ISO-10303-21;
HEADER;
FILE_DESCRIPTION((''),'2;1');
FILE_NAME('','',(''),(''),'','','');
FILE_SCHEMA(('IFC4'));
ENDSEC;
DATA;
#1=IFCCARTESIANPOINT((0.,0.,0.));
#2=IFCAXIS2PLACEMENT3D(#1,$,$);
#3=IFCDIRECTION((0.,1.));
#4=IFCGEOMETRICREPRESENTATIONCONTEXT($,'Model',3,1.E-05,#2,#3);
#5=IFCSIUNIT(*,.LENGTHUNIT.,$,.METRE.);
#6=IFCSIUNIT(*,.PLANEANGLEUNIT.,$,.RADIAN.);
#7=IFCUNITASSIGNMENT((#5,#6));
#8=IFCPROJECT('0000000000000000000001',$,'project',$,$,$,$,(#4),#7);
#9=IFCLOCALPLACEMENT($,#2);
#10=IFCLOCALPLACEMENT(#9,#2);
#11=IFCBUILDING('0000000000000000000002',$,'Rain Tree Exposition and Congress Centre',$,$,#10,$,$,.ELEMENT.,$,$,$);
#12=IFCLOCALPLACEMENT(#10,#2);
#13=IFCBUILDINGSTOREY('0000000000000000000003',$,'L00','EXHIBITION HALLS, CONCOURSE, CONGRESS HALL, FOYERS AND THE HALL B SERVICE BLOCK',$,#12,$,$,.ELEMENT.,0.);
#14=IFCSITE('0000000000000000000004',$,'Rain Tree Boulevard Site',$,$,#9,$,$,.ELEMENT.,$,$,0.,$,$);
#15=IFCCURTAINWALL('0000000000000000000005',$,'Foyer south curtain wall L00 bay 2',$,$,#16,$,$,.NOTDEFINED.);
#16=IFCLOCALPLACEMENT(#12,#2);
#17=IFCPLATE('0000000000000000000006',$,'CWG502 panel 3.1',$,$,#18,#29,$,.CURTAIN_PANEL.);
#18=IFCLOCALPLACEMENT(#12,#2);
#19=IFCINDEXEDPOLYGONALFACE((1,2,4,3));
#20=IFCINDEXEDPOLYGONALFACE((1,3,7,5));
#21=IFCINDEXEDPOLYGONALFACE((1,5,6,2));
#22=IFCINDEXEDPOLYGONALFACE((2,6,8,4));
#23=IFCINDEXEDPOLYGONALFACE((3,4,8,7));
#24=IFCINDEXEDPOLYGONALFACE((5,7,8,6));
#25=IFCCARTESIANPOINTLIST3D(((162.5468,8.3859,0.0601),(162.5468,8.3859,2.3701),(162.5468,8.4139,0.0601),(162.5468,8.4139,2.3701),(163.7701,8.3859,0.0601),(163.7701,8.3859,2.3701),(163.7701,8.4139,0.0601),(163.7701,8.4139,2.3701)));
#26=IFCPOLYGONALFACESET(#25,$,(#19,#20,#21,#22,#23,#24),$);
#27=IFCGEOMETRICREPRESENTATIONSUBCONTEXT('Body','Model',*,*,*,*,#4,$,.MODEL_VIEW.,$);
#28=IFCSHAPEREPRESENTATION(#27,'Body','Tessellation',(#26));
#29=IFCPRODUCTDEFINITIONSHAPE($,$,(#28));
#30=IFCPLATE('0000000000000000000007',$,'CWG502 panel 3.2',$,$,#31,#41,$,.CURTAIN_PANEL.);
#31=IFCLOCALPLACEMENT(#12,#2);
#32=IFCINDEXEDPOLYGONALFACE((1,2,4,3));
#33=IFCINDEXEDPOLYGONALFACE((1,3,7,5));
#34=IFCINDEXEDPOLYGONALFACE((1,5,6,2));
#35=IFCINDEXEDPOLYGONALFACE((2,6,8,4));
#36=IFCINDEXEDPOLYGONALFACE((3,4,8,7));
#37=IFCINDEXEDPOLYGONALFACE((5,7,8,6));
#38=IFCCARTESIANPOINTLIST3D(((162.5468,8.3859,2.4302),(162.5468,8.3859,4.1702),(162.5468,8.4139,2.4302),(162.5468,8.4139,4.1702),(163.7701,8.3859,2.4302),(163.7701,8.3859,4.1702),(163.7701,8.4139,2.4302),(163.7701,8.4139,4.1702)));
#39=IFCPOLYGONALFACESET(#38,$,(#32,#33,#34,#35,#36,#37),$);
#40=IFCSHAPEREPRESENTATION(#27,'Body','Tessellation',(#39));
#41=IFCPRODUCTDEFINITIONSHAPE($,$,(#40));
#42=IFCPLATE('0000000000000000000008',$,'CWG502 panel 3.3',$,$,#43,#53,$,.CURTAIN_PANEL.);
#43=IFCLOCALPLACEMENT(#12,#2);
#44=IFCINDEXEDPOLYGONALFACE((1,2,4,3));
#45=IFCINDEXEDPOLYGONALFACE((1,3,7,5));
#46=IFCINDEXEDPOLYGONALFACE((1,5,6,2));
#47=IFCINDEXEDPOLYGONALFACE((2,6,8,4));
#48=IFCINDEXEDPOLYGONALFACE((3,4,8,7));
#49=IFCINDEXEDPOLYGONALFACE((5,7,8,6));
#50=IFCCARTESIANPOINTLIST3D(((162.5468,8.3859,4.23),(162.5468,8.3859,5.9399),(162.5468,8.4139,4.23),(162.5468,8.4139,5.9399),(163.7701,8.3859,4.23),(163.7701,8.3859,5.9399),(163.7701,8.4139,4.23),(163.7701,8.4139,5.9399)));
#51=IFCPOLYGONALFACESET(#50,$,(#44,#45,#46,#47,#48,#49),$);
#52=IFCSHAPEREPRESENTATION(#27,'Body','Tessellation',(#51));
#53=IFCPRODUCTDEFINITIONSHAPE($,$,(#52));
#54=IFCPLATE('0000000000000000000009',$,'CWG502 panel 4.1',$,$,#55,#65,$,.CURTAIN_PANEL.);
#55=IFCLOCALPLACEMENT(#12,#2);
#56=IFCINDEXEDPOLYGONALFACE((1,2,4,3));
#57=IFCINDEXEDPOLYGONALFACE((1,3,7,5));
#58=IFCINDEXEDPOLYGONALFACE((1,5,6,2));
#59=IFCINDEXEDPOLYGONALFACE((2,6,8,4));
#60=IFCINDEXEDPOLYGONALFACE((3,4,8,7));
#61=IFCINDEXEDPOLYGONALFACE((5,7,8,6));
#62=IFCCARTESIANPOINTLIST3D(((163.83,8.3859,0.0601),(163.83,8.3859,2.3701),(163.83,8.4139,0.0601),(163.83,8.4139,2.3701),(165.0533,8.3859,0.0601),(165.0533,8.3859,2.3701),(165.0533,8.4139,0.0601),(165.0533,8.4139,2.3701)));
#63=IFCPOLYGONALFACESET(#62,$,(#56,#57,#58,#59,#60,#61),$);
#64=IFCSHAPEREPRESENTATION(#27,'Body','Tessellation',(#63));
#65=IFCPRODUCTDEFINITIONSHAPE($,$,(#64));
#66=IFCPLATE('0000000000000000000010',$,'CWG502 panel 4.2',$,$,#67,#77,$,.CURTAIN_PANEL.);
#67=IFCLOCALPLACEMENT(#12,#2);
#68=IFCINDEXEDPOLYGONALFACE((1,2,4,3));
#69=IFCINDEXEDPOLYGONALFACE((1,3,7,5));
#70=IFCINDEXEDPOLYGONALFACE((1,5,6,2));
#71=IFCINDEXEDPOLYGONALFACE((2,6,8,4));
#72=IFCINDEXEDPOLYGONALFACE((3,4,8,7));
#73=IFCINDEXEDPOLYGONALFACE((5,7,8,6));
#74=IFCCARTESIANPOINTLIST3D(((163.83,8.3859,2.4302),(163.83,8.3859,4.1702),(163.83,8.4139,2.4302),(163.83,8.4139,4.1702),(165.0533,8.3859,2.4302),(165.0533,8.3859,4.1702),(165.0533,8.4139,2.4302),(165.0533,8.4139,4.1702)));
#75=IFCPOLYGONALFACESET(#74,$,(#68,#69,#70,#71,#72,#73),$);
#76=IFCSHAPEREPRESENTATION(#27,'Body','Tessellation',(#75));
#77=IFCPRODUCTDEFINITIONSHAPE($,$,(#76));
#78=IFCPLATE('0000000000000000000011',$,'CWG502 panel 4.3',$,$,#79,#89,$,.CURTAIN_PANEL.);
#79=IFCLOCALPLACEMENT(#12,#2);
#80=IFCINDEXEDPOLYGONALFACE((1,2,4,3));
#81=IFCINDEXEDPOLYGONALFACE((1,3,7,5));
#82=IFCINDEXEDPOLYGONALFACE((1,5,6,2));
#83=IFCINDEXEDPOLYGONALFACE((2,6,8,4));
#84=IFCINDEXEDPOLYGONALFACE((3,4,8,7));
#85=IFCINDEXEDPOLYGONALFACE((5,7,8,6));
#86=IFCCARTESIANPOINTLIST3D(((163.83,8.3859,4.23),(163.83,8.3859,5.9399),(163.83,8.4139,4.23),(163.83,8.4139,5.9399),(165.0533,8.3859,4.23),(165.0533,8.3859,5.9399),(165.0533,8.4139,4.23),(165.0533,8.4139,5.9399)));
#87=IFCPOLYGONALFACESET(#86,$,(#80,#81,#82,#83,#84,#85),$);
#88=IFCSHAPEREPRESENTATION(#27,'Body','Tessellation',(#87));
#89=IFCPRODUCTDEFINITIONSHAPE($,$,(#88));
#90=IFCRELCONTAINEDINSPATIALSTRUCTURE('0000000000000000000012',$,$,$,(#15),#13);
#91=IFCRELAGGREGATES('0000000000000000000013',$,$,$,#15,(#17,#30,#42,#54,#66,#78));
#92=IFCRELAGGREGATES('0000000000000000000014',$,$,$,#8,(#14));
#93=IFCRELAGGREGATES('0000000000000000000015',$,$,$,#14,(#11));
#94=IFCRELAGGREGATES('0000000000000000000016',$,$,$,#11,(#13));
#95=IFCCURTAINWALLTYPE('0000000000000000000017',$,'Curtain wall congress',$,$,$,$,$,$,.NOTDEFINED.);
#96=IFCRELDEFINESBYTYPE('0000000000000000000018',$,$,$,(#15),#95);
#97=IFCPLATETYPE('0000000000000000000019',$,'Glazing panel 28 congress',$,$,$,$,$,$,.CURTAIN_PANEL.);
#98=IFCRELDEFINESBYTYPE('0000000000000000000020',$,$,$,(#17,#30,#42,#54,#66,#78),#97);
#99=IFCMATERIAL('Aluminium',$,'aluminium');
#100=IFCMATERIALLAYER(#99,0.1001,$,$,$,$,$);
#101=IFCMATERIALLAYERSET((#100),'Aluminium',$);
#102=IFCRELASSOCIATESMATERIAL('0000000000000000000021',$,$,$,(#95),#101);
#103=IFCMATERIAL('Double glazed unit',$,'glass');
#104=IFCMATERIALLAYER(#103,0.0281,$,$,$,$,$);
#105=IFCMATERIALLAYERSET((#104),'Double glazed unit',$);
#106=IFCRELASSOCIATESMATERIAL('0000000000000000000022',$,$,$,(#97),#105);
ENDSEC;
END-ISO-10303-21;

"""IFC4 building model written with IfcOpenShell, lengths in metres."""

from ifc_helpers import new_model, si_unit, direction, frame, origin, origin_2d, place, context, subcontext, project, spatial, rectangle, extrude, material, layer, layer_set, type_object, element, aggregate, save


model = new_model("IFC4")

# Units and contexts
model_context = context("Model", 3, precision=1e-05, world=origin(), true_north=direction((0.0, 1.0)))
body_context = subcontext(model_context, "Body", "Model", "MODEL_VIEW")
ifc_project = project(units=[si_unit("LENGTHUNIT", "METRE"), si_unit("PLANEANGLEUNIT", "RADIAN")], contexts=[model_context])

# Site, building, storey
site_placement = place(None, origin())
site = spatial("IfcSite", under=ifc_project, at=site_placement, Name="Rain Tree Boulevard Site", CompositionType="ELEMENT", RefElevation=0.0)
building_placement = place(site_placement, origin())
building = spatial("IfcBuilding", under=site, at=building_placement, Name="Rain Tree Exposition and Congress Centre", CompositionType="ELEMENT")
storey_placement = place(building_placement, origin())
storey = spatial("IfcBuildingStorey", under=building, at=storey_placement, Name="L00", Description="EXHIBITION HALLS, CONCOURSE, CONGRESS HALL, FOYERS AND THE HALL B SERVICE BLOCK", CompositionType="ELEMENT", Elevation=0.0)

# Curtain wall, plates
ifc_material_1 = material(Name="Aluminium", Category="aluminium")
ifc_layer_1 = layer(ifc_material_1, 0.1001)
ifc_layer_set_1 = layer_set([ifc_layer_1], Name="Aluminium")
curtain_wall_type = type_object("IfcCurtainWallType", Name="Curtain wall congress", PredefinedType="NOTDEFINED", material=ifc_layer_set_1)
curtain_wall_placement = place(storey_placement, origin())
curtain_wall = element("IfcCurtainWall", 1, at=curtain_wall_placement, inside=storey, type_object=curtain_wall_type, Name="Foyer south curtain wall L00 bay 2", PredefinedType="NOTDEFINED")
ifc_material_2 = material(Name="Double glazed unit", Category="glass")
ifc_layer_2 = layer(ifc_material_2, 0.0281)
ifc_layer_set_2 = layer_set([ifc_layer_2], Name="Double glazed unit")
plate_type = type_object("IfcPlateType", Name="Glazing panel 28 congress", PredefinedType="CURTAIN_PANEL", material=ifc_layer_set_2)
plate_1_placement = place(storey_placement, frame((163.1584, 8.3999, 0.0601), z_axis=(0.0, 0.0, 1.0), x_axis=(1.0, 0.0, 0.0)))
plate_1 = element("IfcPlate", 2, at=plate_1_placement, type_object=plate_type, Name="CWG502 panel 3.1", PredefinedType="CURTAIN_PANEL", context=body_context, shape_type="SweptSolid", body=[
    extrude(rectangle(XDim=1.2234, YDim=0.0281, at=origin_2d()), origin(), (0.0, 0.0, 1.0), 2.3101),
])
plate_2_placement = place(storey_placement, frame((163.1584, 8.3999, 2.4302), z_axis=(0.0, 0.0, 1.0), x_axis=(1.0, 0.0, 0.0)))
plate_2 = element("IfcPlate", 3, at=plate_2_placement, type_object=plate_type, Name="CWG502 panel 3.2", PredefinedType="CURTAIN_PANEL", context=body_context, shape_type="SweptSolid", body=[
    extrude(rectangle(XDim=1.2234, YDim=0.0281, at=origin_2d()), origin(), (0.0, 0.0, 1.0), 1.74),
])
plate_3_placement = place(storey_placement, frame((163.1584, 8.3999, 4.23), z_axis=(0.0, 0.0, 1.0), x_axis=(1.0, 0.0, 0.0)))
plate_3 = element("IfcPlate", 4, at=plate_3_placement, type_object=plate_type, Name="CWG502 panel 3.3", PredefinedType="CURTAIN_PANEL", context=body_context, shape_type="SweptSolid", body=[
    extrude(rectangle(XDim=1.2234, YDim=0.0281, at=origin_2d()), origin(), (0.0, 0.0, 1.0), 1.71),
])
plate_4_placement = place(storey_placement, frame((164.4417, 8.3999, 0.0601), z_axis=(0.0, 0.0, 1.0), x_axis=(1.0, 0.0, 0.0)))
plate_4 = element("IfcPlate", 5, at=plate_4_placement, type_object=plate_type, Name="CWG502 panel 4.1", PredefinedType="CURTAIN_PANEL", context=body_context, shape_type="SweptSolid", body=[
    extrude(rectangle(XDim=1.2234, YDim=0.0281, at=origin_2d()), origin(), (0.0, 0.0, 1.0), 2.3101),
])
plate_5_placement = place(storey_placement, frame((164.4417, 8.3999, 2.4302), z_axis=(0.0, 0.0, 1.0), x_axis=(1.0, 0.0, 0.0)))
plate_5 = element("IfcPlate", 6, at=plate_5_placement, type_object=plate_type, Name="CWG502 panel 4.2", PredefinedType="CURTAIN_PANEL", context=body_context, shape_type="SweptSolid", body=[
    extrude(rectangle(XDim=1.2234, YDim=0.0281, at=origin_2d()), origin(), (0.0, 0.0, 1.0), 1.74),
])
plate_6_placement = place(storey_placement, frame((164.4417, 8.3999, 4.23), z_axis=(0.0, 0.0, 1.0), x_axis=(1.0, 0.0, 0.0)))
plate_6 = element("IfcPlate", 7, at=plate_6_placement, type_object=plate_type, Name="CWG502 panel 4.3", PredefinedType="CURTAIN_PANEL", context=body_context, shape_type="SweptSolid", body=[
    extrude(rectangle(XDim=1.2234, YDim=0.0281, at=origin_2d()), origin(), (0.0, 0.0, 1.0), 1.71),
])
aggregate(curtain_wall, [plate_1, plate_2, plate_3, plate_4, plate_5, plate_6])

save(model, "model.ifc")
